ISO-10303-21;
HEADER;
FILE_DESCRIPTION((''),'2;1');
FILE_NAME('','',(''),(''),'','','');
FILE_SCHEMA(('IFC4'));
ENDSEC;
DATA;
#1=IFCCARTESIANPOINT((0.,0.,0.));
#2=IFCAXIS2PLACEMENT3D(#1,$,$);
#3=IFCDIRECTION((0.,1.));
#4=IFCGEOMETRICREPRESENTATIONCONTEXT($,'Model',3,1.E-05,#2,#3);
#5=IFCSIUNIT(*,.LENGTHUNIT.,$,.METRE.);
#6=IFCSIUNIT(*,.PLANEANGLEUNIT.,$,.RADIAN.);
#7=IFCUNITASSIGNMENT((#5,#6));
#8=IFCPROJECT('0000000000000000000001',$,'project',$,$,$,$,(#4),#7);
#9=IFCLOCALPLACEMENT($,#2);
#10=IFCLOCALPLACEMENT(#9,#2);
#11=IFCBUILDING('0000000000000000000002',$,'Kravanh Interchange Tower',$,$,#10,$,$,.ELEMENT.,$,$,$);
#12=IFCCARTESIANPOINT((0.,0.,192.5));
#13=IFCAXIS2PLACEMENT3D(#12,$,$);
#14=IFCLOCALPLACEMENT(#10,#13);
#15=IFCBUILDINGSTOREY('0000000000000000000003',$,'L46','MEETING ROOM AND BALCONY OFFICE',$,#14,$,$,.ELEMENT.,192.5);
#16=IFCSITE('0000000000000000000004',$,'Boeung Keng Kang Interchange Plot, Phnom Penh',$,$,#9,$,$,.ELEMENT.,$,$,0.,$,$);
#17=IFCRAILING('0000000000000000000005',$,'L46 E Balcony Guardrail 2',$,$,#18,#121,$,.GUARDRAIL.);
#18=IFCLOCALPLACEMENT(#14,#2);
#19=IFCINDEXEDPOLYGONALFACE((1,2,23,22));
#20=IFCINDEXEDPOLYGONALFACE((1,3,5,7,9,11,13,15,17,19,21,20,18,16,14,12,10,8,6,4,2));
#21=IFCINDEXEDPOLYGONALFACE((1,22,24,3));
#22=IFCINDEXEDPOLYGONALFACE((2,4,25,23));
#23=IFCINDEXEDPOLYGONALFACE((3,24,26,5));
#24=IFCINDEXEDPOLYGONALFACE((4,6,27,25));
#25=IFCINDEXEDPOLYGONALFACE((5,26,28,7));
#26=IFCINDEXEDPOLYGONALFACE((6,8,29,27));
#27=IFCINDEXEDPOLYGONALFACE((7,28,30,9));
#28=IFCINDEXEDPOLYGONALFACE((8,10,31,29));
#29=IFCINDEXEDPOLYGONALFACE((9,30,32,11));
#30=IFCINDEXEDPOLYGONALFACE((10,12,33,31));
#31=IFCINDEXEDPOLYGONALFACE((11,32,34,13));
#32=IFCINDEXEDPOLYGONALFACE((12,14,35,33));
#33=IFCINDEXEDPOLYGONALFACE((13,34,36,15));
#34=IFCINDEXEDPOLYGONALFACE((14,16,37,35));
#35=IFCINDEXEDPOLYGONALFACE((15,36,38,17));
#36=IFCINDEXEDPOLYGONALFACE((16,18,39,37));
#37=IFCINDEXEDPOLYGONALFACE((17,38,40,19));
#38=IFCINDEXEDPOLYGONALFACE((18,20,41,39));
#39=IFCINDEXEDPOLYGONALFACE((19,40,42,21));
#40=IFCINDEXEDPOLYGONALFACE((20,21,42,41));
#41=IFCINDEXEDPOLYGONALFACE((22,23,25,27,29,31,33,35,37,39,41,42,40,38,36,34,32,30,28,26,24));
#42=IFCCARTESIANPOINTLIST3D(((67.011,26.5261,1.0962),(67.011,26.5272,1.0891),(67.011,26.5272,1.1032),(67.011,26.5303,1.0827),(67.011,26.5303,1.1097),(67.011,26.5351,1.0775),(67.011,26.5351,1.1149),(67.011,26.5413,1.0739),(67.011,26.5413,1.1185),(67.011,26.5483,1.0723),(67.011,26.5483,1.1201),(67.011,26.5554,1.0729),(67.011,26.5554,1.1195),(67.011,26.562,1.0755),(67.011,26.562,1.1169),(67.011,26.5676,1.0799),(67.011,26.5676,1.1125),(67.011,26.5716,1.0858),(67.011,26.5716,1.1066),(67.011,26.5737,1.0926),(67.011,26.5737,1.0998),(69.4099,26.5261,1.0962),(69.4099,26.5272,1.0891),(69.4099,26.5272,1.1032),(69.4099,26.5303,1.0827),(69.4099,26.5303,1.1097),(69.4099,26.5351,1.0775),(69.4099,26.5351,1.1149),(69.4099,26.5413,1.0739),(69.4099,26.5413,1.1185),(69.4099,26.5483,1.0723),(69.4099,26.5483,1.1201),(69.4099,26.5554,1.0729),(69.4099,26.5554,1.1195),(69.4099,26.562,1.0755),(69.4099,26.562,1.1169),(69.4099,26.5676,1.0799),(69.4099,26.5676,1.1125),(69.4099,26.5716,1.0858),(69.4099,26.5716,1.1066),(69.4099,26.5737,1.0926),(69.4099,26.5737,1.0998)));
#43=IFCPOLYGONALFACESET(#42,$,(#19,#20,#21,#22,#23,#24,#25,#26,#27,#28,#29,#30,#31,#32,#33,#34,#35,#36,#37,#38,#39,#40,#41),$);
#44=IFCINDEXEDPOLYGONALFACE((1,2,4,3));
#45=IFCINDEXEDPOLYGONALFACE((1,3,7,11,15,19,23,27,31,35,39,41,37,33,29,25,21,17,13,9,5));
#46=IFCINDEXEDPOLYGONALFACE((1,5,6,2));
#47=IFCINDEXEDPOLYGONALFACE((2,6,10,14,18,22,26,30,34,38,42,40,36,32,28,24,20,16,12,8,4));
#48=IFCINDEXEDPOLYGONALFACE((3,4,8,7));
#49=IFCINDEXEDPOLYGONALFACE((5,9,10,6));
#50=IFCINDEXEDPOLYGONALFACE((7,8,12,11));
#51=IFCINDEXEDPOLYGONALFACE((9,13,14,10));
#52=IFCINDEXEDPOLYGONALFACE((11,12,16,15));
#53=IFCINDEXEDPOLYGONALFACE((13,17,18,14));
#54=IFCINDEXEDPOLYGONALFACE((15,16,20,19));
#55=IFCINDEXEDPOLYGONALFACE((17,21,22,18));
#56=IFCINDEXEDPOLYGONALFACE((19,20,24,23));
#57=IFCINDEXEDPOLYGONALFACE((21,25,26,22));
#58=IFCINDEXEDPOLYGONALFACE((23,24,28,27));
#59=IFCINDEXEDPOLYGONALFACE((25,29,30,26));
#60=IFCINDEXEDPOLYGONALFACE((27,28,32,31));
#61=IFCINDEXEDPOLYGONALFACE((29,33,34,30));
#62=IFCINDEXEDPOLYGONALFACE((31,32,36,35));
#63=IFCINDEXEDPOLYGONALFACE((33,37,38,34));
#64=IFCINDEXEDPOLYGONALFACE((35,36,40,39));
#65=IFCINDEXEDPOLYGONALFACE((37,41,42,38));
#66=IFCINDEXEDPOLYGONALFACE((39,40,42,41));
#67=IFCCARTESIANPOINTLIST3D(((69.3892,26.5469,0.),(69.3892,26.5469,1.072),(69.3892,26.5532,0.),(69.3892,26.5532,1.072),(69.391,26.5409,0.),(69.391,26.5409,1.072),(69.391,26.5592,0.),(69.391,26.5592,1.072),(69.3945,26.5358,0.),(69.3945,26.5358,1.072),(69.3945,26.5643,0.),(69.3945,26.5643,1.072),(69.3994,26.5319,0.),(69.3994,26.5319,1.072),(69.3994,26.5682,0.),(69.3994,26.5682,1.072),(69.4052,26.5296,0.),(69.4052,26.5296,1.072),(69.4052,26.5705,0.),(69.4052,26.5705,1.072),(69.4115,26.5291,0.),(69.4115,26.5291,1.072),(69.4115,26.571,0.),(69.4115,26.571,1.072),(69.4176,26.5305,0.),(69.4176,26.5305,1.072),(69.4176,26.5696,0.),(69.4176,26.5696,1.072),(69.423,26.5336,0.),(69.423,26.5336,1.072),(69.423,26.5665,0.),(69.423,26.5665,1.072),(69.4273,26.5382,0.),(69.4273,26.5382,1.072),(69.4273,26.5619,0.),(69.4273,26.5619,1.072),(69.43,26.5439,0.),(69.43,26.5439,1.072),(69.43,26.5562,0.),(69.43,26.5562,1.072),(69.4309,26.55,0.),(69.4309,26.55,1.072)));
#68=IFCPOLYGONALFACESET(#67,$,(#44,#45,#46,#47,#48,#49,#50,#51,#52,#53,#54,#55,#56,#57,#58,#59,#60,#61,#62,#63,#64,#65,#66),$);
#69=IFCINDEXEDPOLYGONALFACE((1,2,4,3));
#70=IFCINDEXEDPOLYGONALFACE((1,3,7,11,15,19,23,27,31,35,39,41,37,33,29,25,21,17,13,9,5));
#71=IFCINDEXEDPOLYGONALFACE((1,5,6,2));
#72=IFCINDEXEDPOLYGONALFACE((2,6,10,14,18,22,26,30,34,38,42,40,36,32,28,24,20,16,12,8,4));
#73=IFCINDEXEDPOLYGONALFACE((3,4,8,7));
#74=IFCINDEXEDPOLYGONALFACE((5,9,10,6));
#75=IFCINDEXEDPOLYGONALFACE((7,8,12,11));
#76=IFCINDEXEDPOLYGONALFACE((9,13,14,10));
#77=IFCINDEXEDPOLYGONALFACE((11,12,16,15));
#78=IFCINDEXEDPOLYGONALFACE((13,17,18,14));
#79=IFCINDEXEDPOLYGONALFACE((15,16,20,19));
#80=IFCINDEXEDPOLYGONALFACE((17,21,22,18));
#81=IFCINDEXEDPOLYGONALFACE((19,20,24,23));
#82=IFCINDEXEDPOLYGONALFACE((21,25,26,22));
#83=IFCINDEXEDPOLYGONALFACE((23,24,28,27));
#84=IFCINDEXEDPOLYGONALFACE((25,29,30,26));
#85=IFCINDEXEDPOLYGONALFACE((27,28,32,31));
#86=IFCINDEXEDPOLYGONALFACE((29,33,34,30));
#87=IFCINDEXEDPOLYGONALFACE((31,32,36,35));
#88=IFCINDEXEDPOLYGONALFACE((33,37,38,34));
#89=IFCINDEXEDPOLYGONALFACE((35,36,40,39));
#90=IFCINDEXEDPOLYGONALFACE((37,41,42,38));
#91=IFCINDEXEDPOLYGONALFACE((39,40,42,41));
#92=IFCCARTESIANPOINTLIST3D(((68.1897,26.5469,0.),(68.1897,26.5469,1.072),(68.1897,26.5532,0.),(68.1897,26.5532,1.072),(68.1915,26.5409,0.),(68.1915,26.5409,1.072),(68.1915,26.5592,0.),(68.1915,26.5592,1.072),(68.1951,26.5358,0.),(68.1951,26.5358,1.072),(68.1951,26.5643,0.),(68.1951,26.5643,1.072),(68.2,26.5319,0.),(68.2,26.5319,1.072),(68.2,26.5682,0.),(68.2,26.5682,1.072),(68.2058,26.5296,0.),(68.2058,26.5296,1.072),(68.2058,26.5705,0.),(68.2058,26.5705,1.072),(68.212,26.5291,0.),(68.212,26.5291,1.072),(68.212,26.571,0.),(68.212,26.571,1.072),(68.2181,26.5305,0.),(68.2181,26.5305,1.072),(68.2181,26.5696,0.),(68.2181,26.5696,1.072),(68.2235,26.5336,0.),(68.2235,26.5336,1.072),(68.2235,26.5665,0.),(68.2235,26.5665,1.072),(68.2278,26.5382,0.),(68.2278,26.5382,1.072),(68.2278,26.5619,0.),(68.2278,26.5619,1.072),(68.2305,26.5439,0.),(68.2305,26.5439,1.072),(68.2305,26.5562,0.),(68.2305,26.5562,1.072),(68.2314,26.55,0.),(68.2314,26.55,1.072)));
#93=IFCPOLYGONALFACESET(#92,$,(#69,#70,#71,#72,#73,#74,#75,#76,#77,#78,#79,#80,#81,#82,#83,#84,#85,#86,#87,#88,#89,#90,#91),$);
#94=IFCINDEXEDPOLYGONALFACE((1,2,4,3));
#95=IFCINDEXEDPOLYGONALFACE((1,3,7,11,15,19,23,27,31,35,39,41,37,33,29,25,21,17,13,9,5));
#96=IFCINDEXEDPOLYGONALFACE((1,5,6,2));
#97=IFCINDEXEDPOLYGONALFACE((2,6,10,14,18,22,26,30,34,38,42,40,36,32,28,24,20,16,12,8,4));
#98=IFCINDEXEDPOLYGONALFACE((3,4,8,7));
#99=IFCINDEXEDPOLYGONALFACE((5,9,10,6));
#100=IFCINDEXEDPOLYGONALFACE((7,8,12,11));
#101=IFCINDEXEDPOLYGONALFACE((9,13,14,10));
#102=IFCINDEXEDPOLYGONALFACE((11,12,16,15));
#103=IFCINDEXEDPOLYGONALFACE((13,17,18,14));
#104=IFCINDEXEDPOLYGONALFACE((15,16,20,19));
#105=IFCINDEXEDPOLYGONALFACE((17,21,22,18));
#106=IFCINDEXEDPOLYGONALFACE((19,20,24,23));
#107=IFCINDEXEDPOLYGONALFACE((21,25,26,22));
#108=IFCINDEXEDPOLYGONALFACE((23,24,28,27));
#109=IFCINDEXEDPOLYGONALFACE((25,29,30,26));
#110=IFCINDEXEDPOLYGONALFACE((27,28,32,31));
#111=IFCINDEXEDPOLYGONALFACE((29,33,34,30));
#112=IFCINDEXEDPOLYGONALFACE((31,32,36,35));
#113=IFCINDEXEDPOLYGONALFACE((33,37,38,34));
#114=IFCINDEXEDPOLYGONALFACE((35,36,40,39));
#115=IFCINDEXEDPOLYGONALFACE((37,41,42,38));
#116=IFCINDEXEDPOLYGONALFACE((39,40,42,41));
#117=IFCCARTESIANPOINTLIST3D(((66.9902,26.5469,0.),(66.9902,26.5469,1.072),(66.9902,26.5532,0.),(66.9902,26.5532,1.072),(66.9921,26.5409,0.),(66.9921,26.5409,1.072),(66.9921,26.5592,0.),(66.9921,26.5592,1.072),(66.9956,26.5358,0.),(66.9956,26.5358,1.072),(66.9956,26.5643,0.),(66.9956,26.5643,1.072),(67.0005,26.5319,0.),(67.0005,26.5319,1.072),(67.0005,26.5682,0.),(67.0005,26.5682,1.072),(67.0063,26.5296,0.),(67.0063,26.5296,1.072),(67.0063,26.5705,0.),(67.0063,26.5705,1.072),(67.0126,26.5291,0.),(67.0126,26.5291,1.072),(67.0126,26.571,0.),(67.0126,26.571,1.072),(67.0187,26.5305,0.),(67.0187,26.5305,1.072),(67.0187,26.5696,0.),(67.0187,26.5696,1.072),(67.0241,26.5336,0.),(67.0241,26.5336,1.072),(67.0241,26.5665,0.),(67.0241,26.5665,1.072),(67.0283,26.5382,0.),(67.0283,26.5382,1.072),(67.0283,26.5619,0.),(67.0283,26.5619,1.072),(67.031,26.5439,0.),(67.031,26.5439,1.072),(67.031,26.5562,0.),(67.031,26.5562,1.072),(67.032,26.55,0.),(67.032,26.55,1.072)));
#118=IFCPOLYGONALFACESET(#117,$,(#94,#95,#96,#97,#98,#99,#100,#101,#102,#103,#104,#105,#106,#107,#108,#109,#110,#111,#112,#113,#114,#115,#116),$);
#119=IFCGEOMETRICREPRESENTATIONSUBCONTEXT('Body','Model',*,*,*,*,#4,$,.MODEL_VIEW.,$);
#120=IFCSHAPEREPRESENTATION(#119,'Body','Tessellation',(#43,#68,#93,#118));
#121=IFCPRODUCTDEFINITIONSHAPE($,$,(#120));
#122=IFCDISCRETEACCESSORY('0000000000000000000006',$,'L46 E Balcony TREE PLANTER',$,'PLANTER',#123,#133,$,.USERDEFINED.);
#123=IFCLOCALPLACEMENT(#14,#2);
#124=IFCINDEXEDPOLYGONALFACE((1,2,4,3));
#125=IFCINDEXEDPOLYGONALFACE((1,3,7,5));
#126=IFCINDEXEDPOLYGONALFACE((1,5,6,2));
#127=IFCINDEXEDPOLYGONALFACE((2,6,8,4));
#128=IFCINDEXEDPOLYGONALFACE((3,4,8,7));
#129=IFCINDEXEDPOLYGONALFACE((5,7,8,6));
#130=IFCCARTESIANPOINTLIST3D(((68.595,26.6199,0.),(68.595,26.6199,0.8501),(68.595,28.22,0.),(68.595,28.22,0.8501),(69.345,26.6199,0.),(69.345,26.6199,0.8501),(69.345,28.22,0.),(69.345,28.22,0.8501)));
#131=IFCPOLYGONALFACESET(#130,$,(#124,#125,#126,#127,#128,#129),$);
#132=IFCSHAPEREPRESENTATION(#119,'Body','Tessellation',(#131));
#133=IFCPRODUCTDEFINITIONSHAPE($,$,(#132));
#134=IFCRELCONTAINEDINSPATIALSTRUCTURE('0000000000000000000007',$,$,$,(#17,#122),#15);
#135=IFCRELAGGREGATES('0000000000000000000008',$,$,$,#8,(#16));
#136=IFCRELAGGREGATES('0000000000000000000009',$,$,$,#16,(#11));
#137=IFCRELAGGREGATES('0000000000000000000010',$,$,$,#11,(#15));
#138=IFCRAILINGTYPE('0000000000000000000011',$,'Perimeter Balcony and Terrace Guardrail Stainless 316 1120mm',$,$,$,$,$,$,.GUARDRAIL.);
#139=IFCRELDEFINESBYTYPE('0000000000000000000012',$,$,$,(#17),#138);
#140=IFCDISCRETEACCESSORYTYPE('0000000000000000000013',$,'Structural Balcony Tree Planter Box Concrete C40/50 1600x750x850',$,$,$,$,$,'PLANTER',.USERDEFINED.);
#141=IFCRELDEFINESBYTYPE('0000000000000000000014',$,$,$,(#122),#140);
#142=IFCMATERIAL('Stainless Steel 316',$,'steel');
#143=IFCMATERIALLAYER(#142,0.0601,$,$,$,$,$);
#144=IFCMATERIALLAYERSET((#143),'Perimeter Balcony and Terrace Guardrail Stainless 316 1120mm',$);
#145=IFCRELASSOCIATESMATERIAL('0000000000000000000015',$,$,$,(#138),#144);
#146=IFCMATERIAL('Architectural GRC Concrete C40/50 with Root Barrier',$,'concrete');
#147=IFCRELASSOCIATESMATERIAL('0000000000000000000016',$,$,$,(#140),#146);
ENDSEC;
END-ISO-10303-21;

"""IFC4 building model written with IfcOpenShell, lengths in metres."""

from ifc_helpers import new_model, si_unit, direction, frame, origin, origin_2d, place, context, subcontext, project, spatial, rectangle, circle, extrude, material, layer, layer_set, type_object, element, save


model = new_model("IFC4")

# Units and contexts
model_context = context("Model", 3, precision=1e-05, world=origin(), true_north=direction((0.0, 1.0)))
body_context = subcontext(model_context, "Body", "Model", "MODEL_VIEW")
ifc_project = project(units=[si_unit("LENGTHUNIT", "METRE"), si_unit("PLANEANGLEUNIT", "RADIAN")], contexts=[model_context])

# Site, building, storey
site_placement = place(None, origin())
site = spatial("IfcSite", under=ifc_project, at=site_placement, Name="Boeung Keng Kang Interchange Plot, Phnom Penh", CompositionType="ELEMENT", RefElevation=0.0)
building_placement = place(site_placement, origin())
building = spatial("IfcBuilding", under=site, at=building_placement, Name="Kravanh Interchange Tower", CompositionType="ELEMENT")
storey_placement = place(building_placement, frame((0.0, 0.0, 192.5)))
storey = spatial("IfcBuildingStorey", under=building, at=storey_placement, Name="L46", Description="MEETING ROOM AND BALCONY OFFICE", CompositionType="ELEMENT", Elevation=192.5)

# Railing
ifc_material_1 = material(Name="Stainless Steel 316", Category="steel")
ifc_layer_1 = layer(ifc_material_1, 0.0601)
ifc_layer_set_1 = layer_set([ifc_layer_1], Name="Perimeter Balcony and Terrace Guardrail Stainless 316 1120mm")
railing_type = type_object("IfcRailingType", Name="Perimeter Balcony and Terrace Guardrail Stainless 316 1120mm", PredefinedType="GUARDRAIL", material=ifc_layer_set_1)
railing_placement = place(storey_placement, frame((69.4099, 26.55, 0.0)))
element("IfcRailing", 1, at=railing_placement, inside=storey, type_object=railing_type, Name="L46 E Balcony Guardrail 2", PredefinedType="GUARDRAIL", context=body_context, shape_type="SweptSolid", body=[
    extrude(circle(Radius=0.0239, at=origin_2d()), frame((0.0, 0.0, 1.0962), z_axis=(-1.0, 0.0, 0.0), x_axis=(0.0, -1.0, 0.0)), (0.0, 0.0, 1.0), 2.3989),
    extrude(circle(Radius=0.021, at=origin_2d()), origin(), (0.0, 0.0, 1.0), 1.072),
    extrude(circle(Radius=0.021, at=origin_2d()), frame((-1.1995, 0.0, 0.0)), (0.0, 0.0, 1.0), 1.072),
    extrude(circle(Radius=0.021, at=origin_2d()), frame((-2.3989, 0.0, 0.0)), (0.0, 0.0, 1.0), 1.072),
])

# Discrete accessory
ifc_material_2 = material(Name="Architectural GRC Concrete C40/50 with Root Barrier", Category="concrete")
discrete_accessory_type = type_object("IfcDiscreteAccessoryType", Name="Structural Balcony Tree Planter Box Concrete C40/50 1600x750x850", ElementType="PLANTER", PredefinedType="USERDEFINED", material=ifc_material_2)
discrete_accessory_placement = place(storey_placement, frame((68.97, 27.4199, 0.0), z_axis=(0.0, 0.0, 1.0), x_axis=(1.0, 0.0, 0.0)))
element("IfcDiscreteAccessory", 2, at=discrete_accessory_placement, inside=storey, type_object=discrete_accessory_type, Name="L46 E Balcony TREE PLANTER", ObjectType="PLANTER", PredefinedType="USERDEFINED", context=body_context, shape_type="SweptSolid", body=[
    extrude(rectangle(XDim=0.75, YDim=1.6001, at=origin_2d()), origin(), (0.0, 0.0, 1.0), 0.8501),
])

save(model, "model.ifc")
